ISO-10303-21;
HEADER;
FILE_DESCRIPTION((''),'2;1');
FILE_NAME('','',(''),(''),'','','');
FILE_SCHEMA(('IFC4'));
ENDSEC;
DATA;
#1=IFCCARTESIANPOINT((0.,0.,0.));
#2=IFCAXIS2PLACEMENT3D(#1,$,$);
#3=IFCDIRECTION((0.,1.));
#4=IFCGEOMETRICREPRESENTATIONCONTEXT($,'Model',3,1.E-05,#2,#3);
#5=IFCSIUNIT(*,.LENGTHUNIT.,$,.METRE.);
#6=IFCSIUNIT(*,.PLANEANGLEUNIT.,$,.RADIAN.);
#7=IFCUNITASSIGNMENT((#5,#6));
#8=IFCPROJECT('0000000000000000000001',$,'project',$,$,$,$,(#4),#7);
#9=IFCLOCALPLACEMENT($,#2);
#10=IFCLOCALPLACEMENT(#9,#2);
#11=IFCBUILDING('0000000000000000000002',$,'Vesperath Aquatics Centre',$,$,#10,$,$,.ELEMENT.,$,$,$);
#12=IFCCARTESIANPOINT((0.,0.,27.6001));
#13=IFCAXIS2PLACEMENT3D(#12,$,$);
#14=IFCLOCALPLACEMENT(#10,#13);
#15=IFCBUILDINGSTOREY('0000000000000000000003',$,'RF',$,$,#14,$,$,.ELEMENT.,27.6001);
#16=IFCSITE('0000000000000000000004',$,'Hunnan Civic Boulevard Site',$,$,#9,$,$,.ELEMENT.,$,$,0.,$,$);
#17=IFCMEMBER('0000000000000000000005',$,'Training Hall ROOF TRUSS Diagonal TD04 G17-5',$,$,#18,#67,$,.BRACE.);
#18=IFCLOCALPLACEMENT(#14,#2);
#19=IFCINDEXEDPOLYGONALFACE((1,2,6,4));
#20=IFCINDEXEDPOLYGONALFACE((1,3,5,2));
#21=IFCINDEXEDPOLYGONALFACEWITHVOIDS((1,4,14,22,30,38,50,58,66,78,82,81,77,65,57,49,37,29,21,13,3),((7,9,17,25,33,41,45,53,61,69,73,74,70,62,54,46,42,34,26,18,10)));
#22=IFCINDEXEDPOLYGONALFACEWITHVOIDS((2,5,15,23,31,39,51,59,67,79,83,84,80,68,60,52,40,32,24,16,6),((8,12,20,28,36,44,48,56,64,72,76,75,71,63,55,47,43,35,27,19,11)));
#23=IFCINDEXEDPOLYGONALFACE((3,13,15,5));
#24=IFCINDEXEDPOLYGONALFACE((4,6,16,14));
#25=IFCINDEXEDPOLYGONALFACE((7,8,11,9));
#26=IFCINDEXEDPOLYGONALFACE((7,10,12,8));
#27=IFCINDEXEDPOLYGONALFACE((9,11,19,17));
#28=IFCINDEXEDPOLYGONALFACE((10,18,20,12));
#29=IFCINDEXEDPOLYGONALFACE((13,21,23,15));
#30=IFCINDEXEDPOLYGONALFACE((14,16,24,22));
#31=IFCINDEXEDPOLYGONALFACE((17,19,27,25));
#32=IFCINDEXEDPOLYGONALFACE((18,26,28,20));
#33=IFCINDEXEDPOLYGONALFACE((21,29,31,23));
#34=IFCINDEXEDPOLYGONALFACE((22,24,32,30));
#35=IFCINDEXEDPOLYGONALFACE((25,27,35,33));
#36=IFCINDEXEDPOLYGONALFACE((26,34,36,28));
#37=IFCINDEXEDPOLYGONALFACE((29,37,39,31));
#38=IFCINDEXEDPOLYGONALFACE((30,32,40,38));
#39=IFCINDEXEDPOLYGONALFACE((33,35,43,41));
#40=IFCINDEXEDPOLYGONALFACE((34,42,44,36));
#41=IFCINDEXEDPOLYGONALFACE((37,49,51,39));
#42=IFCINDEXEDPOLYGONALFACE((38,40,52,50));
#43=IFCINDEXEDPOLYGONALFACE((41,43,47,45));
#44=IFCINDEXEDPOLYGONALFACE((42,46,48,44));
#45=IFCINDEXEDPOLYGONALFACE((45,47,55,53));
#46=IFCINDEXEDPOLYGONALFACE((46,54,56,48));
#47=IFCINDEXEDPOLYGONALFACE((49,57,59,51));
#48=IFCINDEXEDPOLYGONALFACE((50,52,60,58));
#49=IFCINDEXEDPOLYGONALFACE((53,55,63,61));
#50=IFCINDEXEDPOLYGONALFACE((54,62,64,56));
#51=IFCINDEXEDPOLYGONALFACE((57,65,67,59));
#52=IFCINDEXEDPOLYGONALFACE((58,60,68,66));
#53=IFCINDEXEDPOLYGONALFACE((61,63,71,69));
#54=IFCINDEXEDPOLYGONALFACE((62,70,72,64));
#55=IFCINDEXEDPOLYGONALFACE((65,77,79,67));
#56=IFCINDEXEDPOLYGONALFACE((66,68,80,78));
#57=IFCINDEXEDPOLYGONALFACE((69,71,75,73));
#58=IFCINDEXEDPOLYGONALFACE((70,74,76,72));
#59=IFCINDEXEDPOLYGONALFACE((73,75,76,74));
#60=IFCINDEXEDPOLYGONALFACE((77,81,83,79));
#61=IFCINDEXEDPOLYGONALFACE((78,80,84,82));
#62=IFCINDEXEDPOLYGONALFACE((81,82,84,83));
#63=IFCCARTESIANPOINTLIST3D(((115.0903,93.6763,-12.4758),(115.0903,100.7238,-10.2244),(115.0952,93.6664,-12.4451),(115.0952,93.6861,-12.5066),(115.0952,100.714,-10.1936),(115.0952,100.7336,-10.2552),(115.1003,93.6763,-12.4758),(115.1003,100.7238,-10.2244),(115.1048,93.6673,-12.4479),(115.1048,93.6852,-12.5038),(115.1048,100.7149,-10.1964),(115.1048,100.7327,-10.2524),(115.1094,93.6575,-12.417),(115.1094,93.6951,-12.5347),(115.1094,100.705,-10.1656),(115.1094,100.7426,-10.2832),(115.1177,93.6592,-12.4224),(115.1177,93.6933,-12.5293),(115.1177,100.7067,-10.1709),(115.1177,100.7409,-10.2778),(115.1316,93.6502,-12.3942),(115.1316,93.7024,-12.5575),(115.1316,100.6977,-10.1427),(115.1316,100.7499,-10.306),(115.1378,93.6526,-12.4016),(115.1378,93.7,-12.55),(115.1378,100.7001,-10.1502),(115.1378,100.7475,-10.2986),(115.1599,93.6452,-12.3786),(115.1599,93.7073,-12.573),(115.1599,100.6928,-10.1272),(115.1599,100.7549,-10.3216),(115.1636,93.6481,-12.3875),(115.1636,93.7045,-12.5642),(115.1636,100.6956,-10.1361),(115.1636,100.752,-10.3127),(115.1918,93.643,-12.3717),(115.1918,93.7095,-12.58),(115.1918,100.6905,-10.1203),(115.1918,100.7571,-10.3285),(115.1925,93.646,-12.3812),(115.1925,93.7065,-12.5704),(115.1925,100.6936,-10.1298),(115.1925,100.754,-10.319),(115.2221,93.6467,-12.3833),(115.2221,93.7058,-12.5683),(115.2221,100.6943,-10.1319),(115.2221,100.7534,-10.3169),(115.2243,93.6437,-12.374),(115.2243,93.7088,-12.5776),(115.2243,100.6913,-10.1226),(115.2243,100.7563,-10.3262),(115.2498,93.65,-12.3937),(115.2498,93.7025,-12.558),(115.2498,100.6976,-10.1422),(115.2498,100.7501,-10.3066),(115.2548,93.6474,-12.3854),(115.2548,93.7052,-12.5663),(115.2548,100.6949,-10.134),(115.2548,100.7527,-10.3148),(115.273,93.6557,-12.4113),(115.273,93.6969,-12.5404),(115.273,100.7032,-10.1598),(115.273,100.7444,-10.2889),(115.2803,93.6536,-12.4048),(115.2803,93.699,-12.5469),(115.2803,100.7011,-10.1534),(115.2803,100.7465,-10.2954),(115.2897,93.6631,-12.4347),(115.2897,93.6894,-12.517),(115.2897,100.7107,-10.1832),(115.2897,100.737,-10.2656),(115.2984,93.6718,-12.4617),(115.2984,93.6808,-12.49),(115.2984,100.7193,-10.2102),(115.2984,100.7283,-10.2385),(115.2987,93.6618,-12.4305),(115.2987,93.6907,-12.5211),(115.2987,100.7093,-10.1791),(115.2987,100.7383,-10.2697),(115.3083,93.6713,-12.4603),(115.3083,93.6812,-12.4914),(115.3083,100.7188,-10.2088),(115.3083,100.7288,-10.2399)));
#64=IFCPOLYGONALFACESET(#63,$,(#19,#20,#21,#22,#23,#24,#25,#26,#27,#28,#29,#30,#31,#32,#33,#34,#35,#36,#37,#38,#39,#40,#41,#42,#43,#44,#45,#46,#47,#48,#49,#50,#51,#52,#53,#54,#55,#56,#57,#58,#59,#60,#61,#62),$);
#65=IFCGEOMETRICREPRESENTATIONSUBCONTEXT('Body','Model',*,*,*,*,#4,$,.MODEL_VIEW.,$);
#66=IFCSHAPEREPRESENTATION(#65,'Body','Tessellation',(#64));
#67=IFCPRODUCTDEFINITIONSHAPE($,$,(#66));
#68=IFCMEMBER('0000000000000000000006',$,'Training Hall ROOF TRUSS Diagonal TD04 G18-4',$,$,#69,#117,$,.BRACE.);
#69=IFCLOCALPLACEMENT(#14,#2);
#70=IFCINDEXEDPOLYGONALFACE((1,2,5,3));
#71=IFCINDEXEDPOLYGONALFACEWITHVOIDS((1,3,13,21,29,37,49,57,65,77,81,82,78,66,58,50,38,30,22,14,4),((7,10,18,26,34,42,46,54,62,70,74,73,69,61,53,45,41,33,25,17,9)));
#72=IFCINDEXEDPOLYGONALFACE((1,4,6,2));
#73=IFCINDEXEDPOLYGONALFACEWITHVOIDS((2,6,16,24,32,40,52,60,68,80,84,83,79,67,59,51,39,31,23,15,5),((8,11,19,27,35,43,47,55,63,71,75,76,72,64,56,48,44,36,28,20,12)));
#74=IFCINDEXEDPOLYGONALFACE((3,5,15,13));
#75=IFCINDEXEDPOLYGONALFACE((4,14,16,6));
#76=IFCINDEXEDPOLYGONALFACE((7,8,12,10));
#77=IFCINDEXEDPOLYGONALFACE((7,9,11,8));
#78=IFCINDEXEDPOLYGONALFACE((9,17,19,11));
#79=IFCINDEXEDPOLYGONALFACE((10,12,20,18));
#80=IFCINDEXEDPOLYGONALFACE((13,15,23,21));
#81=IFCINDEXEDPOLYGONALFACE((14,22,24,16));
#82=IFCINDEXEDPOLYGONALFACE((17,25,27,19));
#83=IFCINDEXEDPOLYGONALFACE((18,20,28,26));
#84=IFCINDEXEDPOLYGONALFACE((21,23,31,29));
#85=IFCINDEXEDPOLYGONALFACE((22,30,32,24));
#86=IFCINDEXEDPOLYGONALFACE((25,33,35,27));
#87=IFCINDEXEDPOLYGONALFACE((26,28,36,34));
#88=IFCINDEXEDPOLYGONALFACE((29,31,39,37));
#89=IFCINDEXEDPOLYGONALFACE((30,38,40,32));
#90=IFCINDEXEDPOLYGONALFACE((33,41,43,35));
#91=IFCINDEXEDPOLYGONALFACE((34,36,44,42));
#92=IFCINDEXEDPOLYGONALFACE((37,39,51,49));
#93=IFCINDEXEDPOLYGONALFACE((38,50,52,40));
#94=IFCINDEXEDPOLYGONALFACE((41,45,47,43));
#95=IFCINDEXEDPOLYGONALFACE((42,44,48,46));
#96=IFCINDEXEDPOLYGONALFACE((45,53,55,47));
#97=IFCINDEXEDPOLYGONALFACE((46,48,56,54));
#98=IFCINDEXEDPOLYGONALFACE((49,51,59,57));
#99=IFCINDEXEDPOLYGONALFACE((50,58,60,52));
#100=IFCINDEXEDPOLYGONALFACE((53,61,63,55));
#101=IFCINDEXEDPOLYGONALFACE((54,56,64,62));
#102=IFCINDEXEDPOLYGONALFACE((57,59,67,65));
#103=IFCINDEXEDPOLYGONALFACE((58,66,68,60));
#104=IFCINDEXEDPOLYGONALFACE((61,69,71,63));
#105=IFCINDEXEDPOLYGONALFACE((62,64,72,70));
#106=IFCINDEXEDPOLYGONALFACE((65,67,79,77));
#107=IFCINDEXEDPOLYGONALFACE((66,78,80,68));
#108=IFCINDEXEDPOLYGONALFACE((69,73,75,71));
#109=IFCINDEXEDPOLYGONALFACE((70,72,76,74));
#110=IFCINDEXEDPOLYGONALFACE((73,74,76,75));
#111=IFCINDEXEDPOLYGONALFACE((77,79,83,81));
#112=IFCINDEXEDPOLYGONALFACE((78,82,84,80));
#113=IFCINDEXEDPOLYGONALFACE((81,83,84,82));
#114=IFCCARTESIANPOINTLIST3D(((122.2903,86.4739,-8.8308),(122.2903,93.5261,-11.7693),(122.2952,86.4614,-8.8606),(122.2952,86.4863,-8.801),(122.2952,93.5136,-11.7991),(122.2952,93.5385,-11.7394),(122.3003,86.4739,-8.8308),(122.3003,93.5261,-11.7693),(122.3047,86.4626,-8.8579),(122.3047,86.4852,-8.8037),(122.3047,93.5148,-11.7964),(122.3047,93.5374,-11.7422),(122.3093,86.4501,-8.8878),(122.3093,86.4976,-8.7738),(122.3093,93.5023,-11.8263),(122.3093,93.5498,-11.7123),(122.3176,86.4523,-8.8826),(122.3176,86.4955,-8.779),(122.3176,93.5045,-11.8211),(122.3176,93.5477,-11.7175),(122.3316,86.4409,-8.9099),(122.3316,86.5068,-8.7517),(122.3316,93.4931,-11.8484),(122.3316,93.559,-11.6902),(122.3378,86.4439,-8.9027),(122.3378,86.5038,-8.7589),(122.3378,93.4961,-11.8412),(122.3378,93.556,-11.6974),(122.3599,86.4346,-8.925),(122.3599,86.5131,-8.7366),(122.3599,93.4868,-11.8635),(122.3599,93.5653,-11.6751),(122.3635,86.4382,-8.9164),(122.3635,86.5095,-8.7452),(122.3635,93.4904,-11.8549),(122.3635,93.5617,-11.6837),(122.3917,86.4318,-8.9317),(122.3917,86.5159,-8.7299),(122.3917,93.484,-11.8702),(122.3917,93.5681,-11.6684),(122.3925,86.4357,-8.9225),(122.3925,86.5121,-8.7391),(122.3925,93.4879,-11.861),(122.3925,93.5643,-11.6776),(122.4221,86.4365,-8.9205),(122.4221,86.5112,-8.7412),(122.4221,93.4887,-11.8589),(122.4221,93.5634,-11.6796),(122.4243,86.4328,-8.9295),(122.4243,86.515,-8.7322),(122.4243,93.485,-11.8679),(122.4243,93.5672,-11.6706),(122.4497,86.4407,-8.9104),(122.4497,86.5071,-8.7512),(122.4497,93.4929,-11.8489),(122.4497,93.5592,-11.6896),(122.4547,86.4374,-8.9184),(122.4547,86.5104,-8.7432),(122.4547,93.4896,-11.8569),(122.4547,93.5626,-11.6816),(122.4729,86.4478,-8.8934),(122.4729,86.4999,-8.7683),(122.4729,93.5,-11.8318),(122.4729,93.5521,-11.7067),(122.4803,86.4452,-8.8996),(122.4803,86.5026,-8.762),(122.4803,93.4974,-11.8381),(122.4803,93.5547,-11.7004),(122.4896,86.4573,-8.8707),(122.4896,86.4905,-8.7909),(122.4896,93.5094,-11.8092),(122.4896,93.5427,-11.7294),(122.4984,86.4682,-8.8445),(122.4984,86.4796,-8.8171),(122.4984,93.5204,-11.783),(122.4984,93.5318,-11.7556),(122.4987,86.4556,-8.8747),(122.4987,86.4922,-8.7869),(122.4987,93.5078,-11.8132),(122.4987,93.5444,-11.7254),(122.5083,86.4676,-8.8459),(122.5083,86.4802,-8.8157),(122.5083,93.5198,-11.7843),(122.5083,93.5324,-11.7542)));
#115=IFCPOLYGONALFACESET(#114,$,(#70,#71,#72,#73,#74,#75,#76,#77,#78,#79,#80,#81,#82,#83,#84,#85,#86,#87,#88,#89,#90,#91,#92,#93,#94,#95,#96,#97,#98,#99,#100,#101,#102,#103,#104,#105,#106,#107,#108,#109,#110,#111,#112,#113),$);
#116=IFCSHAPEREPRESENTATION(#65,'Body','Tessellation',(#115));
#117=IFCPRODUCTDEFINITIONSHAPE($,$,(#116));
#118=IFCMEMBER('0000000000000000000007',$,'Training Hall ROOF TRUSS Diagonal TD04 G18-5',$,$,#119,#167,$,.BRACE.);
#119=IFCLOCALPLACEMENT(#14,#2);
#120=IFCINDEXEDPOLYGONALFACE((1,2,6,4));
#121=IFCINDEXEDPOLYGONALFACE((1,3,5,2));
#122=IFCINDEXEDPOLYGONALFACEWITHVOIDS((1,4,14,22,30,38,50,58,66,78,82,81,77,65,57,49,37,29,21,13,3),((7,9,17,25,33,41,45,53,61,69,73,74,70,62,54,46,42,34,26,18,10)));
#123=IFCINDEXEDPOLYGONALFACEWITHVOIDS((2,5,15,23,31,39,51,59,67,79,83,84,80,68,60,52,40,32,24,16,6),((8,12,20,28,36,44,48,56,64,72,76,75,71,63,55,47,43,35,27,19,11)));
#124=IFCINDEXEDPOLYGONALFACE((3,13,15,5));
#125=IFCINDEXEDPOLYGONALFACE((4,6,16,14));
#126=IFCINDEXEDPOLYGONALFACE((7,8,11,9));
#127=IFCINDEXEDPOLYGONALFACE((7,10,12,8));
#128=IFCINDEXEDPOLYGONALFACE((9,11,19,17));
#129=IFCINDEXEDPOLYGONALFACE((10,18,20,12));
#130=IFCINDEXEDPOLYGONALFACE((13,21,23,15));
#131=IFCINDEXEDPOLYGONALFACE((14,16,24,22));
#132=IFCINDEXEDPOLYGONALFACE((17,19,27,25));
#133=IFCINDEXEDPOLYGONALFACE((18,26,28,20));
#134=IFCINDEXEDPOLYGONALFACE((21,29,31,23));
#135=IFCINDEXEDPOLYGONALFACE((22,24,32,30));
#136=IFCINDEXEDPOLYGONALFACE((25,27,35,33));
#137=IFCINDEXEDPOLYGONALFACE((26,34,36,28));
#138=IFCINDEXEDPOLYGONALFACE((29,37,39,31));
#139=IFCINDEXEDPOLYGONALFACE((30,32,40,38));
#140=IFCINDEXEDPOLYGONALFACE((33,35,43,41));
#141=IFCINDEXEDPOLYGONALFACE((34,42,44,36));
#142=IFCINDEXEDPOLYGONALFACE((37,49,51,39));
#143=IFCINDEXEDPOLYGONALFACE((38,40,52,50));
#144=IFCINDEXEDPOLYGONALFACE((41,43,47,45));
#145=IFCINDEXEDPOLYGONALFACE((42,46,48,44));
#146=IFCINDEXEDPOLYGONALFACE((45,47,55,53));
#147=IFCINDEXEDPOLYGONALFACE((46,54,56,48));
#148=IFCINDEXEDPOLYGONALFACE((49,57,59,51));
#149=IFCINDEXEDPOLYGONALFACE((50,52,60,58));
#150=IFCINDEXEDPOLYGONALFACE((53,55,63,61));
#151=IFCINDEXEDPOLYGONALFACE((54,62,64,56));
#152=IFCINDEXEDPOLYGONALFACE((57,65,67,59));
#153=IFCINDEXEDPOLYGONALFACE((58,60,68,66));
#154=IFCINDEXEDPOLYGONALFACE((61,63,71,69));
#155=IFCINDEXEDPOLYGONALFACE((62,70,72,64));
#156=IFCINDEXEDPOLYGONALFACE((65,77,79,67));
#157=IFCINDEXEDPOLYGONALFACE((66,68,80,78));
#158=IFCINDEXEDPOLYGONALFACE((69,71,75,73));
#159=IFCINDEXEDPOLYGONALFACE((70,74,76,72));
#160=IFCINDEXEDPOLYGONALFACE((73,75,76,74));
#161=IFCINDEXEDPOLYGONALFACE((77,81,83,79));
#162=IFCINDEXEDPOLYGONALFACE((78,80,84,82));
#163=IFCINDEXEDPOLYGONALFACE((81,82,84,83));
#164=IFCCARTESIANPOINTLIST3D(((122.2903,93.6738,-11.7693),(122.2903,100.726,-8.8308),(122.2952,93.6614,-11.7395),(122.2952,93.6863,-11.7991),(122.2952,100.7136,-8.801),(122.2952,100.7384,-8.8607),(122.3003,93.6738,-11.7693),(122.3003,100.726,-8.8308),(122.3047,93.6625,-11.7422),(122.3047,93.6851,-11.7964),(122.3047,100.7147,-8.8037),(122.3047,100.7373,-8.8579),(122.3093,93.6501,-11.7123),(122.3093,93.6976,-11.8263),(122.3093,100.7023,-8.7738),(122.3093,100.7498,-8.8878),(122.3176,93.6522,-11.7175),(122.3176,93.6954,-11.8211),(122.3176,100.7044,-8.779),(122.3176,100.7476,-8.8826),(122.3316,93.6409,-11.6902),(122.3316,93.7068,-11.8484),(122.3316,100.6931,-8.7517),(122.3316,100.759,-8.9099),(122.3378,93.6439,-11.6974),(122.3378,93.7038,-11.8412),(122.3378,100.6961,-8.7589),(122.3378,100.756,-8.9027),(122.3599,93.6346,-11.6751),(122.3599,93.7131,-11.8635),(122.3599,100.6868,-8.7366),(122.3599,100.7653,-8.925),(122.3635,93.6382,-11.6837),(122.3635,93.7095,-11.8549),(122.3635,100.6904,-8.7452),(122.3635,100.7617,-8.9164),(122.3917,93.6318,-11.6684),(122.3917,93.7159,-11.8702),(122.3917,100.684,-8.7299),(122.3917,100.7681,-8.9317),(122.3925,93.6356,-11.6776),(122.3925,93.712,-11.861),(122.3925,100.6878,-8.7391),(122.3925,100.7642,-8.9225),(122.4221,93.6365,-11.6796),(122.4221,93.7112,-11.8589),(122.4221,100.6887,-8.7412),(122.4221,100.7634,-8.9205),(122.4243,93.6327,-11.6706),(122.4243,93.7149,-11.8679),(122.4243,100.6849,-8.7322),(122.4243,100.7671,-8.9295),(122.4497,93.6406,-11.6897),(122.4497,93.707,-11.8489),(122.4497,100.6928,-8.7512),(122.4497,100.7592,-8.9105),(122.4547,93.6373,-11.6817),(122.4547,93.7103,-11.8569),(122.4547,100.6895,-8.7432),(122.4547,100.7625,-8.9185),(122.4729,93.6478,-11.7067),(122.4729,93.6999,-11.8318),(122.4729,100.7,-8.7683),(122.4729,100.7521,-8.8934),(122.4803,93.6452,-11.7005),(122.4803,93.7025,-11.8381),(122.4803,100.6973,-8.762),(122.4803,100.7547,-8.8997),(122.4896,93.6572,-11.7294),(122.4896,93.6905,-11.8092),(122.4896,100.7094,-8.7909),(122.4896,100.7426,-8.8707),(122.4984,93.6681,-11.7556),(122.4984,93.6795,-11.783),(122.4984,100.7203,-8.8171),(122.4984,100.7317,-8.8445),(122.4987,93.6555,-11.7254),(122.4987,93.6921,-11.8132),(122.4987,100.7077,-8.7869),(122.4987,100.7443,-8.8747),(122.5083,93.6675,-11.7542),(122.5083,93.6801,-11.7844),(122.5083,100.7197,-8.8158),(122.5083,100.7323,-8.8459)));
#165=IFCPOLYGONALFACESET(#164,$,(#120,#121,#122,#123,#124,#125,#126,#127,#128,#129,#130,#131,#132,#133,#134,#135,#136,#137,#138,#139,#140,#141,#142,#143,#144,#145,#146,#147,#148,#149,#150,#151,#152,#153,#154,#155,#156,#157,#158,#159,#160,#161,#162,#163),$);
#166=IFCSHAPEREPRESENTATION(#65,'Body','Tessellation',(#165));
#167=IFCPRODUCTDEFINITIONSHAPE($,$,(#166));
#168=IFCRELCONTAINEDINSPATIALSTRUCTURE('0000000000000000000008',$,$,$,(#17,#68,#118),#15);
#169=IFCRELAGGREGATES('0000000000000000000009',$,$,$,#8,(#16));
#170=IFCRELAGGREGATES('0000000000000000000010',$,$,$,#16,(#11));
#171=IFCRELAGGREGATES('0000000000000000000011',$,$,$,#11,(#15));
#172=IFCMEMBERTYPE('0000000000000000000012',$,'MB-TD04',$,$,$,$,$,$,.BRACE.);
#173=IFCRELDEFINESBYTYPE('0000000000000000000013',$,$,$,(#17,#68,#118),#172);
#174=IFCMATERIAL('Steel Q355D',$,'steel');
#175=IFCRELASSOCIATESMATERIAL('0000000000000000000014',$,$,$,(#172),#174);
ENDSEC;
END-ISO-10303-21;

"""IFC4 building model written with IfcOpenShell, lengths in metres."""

from ifc_helpers import new_model, si_unit, direction, frame, origin, origin_2d, place, context, subcontext, project, spatial, hollow_circle, extrude, material, material_profile, profile_set, type_object, element, save


model = new_model("IFC4")

# Units and contexts
model_context = context("Model", 3, precision=1e-05, world=origin(), true_north=direction((0.0, 1.0)))
body_context = subcontext(model_context, "Body", "Model", "MODEL_VIEW")
ifc_project = project(units=[si_unit("LENGTHUNIT", "METRE"), si_unit("PLANEANGLEUNIT", "RADIAN")], contexts=[model_context])

# Site, building, storey
site_placement = place(None, origin())
site = spatial("IfcSite", under=ifc_project, at=site_placement, Name="Hunnan Civic Boulevard Site", CompositionType="ELEMENT", RefElevation=0.0)
building_placement = place(site_placement, origin())
building = spatial("IfcBuilding", under=site, at=building_placement, Name="Vesperath Aquatics Centre", CompositionType="ELEMENT")
storey_placement = place(building_placement, frame((0.0, 0.0, 27.6001)))
storey = spatial("IfcBuildingStorey", under=building, at=storey_placement, Name="RF", CompositionType="ELEMENT", Elevation=27.6001)

# Members
ifc_material_1 = material(Name="Steel Q355D", Category="steel")
ifc_material_profile_1 = material_profile(ifc_material_1, hollow_circle(Radius=0.1096, WallThickness=0.01, at=origin_2d()), Name="CHS 219.1x10")
ifc_profile_set_1 = profile_set([ifc_material_profile_1], Name="Steel Q355D")
member_type_1 = type_object("IfcMemberType", Name="MB-TD04", PredefinedType="BRACE", material=ifc_profile_set_1)
member_1_placement = place(storey_placement, frame((115.2, 93.6763, -12.4758), z_axis=(0.0, 0.952572, 0.304314), x_axis=(-1.0, 0.0, 0.0)))
element("IfcMember", 1, at=member_1_placement, inside=storey, type_object=member_type_1, Name="Training Hall ROOF TRUSS Diagonal TD04 G17-5", PredefinedType="BRACE", context=body_context, shape_type="SweptSolid", body=[
    extrude(hollow_circle(Radius=0.1096, WallThickness=0.01, at=origin_2d()), origin(), (0.0, 0.0, 1.0), 7.3984),
])
for number, where, z_axis, x_axis, name in (
    (2, (122.3999, 86.4739, -8.8308), (0.0, 0.923075, -0.38462), (-1.0, 0.0, 0.0), "Training Hall ROOF TRUSS Diagonal TD04 G18-4"),
    (3, (122.3999, 93.6738, -11.7693), (0.0, 0.923075, 0.38462), (-1.0, 0.0, 0.0), "Training Hall ROOF TRUSS Diagonal TD04 G18-5"),
):
    element("IfcMember", number, at=place(storey_placement, frame(where, z_axis=z_axis, x_axis=x_axis)), inside=storey, type_object=member_type_1, Name=name, PredefinedType="BRACE", context=body_context, shape_type="SweptSolid", body=[
        extrude(hollow_circle(Radius=0.1096, WallThickness=0.01, at=origin_2d()), origin(), (0.0, 0.0, 1.0), 7.6399),
    ])

save(model, "model.ifc")
